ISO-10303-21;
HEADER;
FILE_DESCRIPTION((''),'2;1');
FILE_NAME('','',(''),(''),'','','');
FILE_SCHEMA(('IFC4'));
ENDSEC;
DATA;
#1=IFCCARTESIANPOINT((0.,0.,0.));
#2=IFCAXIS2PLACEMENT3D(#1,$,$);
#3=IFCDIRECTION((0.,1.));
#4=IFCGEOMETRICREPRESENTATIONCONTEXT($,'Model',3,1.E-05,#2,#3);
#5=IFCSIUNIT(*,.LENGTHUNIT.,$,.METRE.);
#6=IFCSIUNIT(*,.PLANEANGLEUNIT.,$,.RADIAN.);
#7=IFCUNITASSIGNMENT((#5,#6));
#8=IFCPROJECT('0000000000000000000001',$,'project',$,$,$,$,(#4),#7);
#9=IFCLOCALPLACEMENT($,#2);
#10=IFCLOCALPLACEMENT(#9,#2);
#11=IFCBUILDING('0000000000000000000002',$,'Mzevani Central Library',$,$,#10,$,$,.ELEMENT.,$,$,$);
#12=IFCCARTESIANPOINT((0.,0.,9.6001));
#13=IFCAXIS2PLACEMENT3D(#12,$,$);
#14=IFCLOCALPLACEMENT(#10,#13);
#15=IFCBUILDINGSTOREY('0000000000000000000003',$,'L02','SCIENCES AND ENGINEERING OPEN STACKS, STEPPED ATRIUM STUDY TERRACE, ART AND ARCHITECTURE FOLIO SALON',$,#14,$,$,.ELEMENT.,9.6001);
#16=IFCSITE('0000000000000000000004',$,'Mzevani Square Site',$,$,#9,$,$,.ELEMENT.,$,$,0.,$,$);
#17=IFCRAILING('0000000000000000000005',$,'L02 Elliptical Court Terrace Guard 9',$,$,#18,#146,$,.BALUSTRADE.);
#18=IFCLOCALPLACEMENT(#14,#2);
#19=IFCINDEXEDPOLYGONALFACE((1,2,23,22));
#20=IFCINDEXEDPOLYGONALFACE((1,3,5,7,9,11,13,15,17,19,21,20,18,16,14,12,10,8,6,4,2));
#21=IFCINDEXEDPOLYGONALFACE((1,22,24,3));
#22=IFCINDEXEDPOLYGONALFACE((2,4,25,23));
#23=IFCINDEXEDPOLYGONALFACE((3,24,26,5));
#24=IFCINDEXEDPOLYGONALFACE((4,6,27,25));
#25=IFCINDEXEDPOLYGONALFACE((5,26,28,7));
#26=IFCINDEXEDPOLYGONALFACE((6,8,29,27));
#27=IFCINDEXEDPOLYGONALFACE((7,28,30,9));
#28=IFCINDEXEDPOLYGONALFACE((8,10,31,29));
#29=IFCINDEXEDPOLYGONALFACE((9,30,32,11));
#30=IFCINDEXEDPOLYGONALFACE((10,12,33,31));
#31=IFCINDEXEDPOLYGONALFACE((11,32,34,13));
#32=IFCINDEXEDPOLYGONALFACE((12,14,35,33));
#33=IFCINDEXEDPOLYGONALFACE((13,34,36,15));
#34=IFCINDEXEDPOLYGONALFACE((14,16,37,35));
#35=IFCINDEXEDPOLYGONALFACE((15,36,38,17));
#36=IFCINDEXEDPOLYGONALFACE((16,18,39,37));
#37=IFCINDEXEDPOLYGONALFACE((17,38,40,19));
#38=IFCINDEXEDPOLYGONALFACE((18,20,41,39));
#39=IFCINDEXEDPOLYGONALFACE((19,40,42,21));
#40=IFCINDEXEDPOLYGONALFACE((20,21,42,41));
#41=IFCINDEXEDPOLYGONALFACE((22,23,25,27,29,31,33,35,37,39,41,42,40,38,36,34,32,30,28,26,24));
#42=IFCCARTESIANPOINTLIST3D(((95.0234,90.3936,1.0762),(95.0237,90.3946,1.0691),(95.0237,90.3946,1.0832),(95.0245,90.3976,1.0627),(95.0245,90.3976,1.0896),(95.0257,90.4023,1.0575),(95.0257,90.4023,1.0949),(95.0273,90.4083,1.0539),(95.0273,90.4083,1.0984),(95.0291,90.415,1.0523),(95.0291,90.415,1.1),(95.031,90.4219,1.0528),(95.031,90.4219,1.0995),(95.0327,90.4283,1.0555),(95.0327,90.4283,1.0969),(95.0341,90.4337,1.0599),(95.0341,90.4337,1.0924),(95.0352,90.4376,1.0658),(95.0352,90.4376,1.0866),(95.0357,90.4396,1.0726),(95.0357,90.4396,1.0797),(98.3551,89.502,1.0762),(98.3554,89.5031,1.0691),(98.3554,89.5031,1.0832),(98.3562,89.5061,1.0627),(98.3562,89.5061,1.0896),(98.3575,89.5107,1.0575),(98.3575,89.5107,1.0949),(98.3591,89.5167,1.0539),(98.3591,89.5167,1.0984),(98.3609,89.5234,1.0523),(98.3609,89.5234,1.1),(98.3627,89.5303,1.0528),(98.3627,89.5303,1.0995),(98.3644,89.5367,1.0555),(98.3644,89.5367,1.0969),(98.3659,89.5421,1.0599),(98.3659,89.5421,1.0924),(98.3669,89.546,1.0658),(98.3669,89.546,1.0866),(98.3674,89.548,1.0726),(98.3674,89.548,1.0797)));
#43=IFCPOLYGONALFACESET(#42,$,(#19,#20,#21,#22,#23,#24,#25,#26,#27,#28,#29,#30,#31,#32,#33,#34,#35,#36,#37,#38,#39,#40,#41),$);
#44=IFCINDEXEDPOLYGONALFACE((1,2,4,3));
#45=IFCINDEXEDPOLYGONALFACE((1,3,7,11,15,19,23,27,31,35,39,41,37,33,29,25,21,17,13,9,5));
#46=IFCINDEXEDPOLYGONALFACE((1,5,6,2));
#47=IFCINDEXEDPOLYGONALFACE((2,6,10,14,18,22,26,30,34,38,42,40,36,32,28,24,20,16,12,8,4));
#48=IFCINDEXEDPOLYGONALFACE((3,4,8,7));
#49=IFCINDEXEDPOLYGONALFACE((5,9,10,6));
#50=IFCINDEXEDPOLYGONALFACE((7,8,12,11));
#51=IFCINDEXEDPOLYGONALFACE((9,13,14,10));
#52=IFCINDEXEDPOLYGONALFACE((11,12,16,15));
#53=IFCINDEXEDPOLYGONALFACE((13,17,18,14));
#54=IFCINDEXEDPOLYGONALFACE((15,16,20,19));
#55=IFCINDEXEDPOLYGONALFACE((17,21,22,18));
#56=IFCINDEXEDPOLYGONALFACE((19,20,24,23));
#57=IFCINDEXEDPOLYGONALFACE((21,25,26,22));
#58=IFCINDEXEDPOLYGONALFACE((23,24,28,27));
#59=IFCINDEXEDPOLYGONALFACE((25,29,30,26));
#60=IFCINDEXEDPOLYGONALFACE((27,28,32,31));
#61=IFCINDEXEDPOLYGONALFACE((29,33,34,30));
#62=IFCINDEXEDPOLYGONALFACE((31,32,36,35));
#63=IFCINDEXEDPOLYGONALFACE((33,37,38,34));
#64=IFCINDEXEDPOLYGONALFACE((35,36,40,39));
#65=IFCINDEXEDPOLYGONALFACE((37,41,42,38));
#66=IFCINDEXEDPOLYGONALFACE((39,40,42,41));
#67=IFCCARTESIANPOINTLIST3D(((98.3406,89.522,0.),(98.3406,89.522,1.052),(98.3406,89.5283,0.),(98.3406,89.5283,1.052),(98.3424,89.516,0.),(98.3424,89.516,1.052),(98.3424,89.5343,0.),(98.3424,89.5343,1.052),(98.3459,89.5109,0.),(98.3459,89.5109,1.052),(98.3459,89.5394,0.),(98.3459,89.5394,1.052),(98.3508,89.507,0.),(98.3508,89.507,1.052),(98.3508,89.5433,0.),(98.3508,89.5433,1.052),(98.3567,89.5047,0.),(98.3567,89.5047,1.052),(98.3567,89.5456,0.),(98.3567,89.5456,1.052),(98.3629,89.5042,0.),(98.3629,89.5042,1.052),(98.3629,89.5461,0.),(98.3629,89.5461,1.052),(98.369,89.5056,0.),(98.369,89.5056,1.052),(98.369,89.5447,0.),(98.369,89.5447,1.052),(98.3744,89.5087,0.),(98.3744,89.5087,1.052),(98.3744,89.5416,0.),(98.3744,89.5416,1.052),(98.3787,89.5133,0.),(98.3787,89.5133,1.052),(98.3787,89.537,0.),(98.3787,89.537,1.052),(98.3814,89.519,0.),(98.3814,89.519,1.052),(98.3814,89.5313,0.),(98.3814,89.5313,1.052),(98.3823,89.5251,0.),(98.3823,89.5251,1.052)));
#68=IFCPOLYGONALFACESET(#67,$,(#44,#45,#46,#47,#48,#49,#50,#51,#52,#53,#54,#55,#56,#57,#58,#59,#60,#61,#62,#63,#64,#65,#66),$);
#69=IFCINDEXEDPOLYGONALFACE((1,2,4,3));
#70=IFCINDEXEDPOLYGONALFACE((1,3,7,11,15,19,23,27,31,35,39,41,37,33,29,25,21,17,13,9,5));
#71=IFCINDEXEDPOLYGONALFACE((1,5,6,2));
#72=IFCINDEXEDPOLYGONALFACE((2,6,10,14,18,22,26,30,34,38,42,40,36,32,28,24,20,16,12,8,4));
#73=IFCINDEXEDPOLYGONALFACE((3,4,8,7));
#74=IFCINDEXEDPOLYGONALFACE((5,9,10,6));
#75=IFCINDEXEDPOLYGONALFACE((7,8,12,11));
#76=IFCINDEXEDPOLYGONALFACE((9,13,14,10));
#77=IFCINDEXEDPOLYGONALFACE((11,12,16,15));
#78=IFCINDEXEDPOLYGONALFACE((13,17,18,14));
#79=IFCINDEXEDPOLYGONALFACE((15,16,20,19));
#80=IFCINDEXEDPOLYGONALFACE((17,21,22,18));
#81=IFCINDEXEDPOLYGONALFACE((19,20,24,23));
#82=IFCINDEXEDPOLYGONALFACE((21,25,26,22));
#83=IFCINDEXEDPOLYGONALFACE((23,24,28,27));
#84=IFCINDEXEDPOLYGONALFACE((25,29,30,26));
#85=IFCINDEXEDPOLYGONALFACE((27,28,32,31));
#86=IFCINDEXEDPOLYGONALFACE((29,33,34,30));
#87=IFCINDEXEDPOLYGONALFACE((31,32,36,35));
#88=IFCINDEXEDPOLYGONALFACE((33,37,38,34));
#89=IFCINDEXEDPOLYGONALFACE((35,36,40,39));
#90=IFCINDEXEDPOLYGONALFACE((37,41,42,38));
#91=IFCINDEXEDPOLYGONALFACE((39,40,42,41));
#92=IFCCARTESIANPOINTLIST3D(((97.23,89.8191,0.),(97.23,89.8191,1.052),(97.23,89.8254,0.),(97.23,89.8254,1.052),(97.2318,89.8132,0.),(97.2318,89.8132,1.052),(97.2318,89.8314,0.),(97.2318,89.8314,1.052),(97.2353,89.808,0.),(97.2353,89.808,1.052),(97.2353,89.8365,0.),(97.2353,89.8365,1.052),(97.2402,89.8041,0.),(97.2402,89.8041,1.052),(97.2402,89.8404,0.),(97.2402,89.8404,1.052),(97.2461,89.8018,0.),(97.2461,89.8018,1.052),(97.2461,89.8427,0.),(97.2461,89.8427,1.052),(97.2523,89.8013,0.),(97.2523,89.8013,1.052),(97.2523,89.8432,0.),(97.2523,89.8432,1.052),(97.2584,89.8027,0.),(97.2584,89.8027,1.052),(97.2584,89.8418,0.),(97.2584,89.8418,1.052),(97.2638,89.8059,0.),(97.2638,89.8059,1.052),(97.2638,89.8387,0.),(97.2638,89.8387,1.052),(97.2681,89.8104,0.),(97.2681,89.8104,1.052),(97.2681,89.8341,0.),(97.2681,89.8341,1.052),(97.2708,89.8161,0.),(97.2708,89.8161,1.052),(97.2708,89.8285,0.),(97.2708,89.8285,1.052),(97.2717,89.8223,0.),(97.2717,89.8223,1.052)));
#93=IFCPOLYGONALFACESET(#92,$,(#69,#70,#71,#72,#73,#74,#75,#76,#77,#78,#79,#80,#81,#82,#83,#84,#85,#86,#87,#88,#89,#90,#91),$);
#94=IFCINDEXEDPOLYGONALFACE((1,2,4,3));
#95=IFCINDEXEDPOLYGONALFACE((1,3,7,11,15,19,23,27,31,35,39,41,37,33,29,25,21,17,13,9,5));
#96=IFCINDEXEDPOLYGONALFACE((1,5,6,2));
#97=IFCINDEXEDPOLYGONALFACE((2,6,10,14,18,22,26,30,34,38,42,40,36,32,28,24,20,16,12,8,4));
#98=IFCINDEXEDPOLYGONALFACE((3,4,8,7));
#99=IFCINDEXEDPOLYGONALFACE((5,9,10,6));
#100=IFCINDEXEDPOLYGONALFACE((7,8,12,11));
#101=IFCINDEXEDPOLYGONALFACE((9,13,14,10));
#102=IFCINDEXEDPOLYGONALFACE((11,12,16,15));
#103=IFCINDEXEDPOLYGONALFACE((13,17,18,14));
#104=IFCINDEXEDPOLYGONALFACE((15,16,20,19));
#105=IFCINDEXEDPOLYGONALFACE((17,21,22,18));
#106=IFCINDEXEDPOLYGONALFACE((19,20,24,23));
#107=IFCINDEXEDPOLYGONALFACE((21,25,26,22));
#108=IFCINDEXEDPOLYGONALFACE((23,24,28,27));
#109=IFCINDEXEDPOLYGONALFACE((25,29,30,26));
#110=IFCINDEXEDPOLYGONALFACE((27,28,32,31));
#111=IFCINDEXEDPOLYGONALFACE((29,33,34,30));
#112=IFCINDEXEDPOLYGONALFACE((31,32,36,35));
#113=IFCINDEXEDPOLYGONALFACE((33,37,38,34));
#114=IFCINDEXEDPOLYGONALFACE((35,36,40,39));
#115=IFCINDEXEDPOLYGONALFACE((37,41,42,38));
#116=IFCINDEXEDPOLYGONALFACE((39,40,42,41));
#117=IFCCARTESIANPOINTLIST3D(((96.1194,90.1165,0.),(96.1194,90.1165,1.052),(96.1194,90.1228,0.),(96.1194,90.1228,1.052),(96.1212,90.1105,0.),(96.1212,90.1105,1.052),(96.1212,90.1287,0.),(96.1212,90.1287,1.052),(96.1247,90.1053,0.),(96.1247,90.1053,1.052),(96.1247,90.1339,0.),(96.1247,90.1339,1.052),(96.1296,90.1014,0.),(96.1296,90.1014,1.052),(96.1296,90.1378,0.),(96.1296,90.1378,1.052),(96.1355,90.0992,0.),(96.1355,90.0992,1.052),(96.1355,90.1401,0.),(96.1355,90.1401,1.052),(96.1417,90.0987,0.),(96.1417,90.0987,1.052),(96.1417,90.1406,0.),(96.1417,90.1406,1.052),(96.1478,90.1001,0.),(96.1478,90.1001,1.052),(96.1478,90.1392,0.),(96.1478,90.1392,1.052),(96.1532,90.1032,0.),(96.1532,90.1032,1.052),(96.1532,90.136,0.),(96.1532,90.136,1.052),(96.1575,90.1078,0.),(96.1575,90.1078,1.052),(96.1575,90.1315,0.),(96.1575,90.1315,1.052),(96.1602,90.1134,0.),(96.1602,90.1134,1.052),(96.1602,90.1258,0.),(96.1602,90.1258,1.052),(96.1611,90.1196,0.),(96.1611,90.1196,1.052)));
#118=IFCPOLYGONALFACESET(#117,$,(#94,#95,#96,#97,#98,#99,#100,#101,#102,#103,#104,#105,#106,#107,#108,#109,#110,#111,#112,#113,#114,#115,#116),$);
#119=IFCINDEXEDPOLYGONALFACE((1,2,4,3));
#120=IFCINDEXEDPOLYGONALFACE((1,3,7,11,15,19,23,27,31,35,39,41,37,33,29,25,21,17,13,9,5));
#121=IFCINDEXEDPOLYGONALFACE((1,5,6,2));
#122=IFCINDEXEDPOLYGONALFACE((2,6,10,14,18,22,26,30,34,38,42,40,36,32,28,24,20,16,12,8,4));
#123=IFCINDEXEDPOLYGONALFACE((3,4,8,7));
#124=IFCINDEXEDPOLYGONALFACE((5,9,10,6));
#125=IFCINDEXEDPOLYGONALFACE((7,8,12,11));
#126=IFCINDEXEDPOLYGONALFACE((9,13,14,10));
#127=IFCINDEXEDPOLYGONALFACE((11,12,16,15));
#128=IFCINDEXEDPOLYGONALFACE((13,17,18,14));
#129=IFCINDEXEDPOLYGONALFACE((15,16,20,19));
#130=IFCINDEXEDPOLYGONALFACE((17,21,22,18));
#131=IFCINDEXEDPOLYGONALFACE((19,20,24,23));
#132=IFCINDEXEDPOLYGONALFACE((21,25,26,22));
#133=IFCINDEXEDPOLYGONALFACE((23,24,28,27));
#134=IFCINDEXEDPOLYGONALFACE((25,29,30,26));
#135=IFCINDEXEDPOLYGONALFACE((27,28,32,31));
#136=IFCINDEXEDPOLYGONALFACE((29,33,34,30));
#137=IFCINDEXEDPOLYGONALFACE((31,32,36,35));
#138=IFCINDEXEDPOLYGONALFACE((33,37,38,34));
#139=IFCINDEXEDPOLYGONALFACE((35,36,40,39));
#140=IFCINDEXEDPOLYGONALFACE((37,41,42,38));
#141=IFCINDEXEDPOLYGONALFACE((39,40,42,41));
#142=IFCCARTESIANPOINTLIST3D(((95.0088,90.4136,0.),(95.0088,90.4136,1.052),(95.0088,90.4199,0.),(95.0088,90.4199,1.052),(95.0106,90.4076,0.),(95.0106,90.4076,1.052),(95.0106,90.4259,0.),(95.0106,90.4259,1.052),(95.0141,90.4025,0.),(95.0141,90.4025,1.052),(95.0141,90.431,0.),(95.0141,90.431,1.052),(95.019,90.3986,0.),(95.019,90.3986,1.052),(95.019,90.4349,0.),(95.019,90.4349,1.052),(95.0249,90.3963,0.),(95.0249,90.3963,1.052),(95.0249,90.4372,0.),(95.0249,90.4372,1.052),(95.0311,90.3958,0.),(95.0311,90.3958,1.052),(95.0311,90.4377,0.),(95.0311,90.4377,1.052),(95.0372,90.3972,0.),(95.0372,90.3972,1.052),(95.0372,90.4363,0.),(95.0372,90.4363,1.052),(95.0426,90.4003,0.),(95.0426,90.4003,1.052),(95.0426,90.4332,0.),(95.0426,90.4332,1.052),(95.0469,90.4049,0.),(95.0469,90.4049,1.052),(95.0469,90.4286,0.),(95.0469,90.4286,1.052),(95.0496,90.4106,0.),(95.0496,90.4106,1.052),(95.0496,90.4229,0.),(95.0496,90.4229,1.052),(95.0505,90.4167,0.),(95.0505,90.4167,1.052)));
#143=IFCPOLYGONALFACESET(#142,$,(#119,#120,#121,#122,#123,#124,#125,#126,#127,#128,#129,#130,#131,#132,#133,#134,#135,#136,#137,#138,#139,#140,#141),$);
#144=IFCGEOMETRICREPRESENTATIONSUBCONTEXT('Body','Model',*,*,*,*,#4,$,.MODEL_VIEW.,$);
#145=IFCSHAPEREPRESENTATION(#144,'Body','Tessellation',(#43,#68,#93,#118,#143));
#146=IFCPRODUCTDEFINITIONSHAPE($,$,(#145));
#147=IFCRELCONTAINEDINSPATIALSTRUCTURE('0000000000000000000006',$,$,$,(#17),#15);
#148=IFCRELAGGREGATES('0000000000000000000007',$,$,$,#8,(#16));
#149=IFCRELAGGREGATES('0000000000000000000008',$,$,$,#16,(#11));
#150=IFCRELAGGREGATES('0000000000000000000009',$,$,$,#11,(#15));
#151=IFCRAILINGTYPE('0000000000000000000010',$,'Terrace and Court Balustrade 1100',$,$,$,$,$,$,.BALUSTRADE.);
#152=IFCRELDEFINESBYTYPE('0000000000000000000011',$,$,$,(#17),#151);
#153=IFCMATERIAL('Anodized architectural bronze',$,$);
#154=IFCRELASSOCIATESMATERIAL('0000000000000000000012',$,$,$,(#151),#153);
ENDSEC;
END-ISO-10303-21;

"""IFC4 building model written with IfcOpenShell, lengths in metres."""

from ifc_helpers import new_model, si_unit, direction, frame, origin, origin_2d, place, context, subcontext, project, spatial, circle, extrude, material, type_object, element, save


model = new_model("IFC4")

# Units and contexts
model_context = context("Model", 3, precision=1e-05, world=origin(), true_north=direction((0.0, 1.0)))
body_context = subcontext(model_context, "Body", "Model", "MODEL_VIEW")
ifc_project = project(units=[si_unit("LENGTHUNIT", "METRE"), si_unit("PLANEANGLEUNIT", "RADIAN")], contexts=[model_context])

# Site, building, storey
site_placement = place(None, origin())
site = spatial("IfcSite", under=ifc_project, at=site_placement, Name="Mzevani Square Site", CompositionType="ELEMENT", RefElevation=0.0)
building_placement = place(site_placement, origin())
building = spatial("IfcBuilding", under=site, at=building_placement, Name="Mzevani Central Library", CompositionType="ELEMENT")
storey_placement = place(building_placement, frame((0.0, 0.0, 9.6001)))
storey = spatial("IfcBuildingStorey", under=building, at=storey_placement, Name="L02", Description="SCIENCES AND ENGINEERING OPEN STACKS, STEPPED ATRIUM STUDY TERRACE, ART AND ARCHITECTURE FOLIO SALON", CompositionType="ELEMENT", Elevation=9.6001)

# Railing
ifc_material_1 = material(Name="Anodized architectural bronze")
railing_type = type_object("IfcRailingType", Name="Terrace and Court Balustrade 1100", PredefinedType="BALUSTRADE", material=ifc_material_1)
railing_1_placement = place(storey_placement, frame((98.3613, 89.5251, 0.0)))
element("IfcRailing", 1, at=railing_1_placement, inside=storey, type_object=railing_type, Name="L02 Elliptical Court Terrace Guard 9", PredefinedType="BALUSTRADE", context=body_context, shape_type="SweptSolid", body=[
    extrude(circle(Radius=0.0239, at=origin_2d()), frame((0.0, 0.0, 1.0762), z_axis=(-0.966009, 0.258508, 0.0), x_axis=(-0.258508, -0.966009, 0.0)), (0.0, 0.0, 1.0), 3.449),
    extrude(circle(Radius=0.021, at=origin_2d()), origin(), (0.0, 0.0, 1.0), 1.052),
    extrude(circle(Radius=0.021, at=origin_2d()), frame((-1.1106, 0.2971, 0.0)), (0.0, 0.0, 1.0), 1.052),
    extrude(circle(Radius=0.021, at=origin_2d()), frame((-2.2212, 0.5945, 0.0)), (0.0, 0.0, 1.0), 1.052),
    extrude(circle(Radius=0.021, at=origin_2d()), frame((-3.3318, 0.8916, 0.0)), (0.0, 0.0, 1.0), 1.052),
])

save(model, "model.ifc")
